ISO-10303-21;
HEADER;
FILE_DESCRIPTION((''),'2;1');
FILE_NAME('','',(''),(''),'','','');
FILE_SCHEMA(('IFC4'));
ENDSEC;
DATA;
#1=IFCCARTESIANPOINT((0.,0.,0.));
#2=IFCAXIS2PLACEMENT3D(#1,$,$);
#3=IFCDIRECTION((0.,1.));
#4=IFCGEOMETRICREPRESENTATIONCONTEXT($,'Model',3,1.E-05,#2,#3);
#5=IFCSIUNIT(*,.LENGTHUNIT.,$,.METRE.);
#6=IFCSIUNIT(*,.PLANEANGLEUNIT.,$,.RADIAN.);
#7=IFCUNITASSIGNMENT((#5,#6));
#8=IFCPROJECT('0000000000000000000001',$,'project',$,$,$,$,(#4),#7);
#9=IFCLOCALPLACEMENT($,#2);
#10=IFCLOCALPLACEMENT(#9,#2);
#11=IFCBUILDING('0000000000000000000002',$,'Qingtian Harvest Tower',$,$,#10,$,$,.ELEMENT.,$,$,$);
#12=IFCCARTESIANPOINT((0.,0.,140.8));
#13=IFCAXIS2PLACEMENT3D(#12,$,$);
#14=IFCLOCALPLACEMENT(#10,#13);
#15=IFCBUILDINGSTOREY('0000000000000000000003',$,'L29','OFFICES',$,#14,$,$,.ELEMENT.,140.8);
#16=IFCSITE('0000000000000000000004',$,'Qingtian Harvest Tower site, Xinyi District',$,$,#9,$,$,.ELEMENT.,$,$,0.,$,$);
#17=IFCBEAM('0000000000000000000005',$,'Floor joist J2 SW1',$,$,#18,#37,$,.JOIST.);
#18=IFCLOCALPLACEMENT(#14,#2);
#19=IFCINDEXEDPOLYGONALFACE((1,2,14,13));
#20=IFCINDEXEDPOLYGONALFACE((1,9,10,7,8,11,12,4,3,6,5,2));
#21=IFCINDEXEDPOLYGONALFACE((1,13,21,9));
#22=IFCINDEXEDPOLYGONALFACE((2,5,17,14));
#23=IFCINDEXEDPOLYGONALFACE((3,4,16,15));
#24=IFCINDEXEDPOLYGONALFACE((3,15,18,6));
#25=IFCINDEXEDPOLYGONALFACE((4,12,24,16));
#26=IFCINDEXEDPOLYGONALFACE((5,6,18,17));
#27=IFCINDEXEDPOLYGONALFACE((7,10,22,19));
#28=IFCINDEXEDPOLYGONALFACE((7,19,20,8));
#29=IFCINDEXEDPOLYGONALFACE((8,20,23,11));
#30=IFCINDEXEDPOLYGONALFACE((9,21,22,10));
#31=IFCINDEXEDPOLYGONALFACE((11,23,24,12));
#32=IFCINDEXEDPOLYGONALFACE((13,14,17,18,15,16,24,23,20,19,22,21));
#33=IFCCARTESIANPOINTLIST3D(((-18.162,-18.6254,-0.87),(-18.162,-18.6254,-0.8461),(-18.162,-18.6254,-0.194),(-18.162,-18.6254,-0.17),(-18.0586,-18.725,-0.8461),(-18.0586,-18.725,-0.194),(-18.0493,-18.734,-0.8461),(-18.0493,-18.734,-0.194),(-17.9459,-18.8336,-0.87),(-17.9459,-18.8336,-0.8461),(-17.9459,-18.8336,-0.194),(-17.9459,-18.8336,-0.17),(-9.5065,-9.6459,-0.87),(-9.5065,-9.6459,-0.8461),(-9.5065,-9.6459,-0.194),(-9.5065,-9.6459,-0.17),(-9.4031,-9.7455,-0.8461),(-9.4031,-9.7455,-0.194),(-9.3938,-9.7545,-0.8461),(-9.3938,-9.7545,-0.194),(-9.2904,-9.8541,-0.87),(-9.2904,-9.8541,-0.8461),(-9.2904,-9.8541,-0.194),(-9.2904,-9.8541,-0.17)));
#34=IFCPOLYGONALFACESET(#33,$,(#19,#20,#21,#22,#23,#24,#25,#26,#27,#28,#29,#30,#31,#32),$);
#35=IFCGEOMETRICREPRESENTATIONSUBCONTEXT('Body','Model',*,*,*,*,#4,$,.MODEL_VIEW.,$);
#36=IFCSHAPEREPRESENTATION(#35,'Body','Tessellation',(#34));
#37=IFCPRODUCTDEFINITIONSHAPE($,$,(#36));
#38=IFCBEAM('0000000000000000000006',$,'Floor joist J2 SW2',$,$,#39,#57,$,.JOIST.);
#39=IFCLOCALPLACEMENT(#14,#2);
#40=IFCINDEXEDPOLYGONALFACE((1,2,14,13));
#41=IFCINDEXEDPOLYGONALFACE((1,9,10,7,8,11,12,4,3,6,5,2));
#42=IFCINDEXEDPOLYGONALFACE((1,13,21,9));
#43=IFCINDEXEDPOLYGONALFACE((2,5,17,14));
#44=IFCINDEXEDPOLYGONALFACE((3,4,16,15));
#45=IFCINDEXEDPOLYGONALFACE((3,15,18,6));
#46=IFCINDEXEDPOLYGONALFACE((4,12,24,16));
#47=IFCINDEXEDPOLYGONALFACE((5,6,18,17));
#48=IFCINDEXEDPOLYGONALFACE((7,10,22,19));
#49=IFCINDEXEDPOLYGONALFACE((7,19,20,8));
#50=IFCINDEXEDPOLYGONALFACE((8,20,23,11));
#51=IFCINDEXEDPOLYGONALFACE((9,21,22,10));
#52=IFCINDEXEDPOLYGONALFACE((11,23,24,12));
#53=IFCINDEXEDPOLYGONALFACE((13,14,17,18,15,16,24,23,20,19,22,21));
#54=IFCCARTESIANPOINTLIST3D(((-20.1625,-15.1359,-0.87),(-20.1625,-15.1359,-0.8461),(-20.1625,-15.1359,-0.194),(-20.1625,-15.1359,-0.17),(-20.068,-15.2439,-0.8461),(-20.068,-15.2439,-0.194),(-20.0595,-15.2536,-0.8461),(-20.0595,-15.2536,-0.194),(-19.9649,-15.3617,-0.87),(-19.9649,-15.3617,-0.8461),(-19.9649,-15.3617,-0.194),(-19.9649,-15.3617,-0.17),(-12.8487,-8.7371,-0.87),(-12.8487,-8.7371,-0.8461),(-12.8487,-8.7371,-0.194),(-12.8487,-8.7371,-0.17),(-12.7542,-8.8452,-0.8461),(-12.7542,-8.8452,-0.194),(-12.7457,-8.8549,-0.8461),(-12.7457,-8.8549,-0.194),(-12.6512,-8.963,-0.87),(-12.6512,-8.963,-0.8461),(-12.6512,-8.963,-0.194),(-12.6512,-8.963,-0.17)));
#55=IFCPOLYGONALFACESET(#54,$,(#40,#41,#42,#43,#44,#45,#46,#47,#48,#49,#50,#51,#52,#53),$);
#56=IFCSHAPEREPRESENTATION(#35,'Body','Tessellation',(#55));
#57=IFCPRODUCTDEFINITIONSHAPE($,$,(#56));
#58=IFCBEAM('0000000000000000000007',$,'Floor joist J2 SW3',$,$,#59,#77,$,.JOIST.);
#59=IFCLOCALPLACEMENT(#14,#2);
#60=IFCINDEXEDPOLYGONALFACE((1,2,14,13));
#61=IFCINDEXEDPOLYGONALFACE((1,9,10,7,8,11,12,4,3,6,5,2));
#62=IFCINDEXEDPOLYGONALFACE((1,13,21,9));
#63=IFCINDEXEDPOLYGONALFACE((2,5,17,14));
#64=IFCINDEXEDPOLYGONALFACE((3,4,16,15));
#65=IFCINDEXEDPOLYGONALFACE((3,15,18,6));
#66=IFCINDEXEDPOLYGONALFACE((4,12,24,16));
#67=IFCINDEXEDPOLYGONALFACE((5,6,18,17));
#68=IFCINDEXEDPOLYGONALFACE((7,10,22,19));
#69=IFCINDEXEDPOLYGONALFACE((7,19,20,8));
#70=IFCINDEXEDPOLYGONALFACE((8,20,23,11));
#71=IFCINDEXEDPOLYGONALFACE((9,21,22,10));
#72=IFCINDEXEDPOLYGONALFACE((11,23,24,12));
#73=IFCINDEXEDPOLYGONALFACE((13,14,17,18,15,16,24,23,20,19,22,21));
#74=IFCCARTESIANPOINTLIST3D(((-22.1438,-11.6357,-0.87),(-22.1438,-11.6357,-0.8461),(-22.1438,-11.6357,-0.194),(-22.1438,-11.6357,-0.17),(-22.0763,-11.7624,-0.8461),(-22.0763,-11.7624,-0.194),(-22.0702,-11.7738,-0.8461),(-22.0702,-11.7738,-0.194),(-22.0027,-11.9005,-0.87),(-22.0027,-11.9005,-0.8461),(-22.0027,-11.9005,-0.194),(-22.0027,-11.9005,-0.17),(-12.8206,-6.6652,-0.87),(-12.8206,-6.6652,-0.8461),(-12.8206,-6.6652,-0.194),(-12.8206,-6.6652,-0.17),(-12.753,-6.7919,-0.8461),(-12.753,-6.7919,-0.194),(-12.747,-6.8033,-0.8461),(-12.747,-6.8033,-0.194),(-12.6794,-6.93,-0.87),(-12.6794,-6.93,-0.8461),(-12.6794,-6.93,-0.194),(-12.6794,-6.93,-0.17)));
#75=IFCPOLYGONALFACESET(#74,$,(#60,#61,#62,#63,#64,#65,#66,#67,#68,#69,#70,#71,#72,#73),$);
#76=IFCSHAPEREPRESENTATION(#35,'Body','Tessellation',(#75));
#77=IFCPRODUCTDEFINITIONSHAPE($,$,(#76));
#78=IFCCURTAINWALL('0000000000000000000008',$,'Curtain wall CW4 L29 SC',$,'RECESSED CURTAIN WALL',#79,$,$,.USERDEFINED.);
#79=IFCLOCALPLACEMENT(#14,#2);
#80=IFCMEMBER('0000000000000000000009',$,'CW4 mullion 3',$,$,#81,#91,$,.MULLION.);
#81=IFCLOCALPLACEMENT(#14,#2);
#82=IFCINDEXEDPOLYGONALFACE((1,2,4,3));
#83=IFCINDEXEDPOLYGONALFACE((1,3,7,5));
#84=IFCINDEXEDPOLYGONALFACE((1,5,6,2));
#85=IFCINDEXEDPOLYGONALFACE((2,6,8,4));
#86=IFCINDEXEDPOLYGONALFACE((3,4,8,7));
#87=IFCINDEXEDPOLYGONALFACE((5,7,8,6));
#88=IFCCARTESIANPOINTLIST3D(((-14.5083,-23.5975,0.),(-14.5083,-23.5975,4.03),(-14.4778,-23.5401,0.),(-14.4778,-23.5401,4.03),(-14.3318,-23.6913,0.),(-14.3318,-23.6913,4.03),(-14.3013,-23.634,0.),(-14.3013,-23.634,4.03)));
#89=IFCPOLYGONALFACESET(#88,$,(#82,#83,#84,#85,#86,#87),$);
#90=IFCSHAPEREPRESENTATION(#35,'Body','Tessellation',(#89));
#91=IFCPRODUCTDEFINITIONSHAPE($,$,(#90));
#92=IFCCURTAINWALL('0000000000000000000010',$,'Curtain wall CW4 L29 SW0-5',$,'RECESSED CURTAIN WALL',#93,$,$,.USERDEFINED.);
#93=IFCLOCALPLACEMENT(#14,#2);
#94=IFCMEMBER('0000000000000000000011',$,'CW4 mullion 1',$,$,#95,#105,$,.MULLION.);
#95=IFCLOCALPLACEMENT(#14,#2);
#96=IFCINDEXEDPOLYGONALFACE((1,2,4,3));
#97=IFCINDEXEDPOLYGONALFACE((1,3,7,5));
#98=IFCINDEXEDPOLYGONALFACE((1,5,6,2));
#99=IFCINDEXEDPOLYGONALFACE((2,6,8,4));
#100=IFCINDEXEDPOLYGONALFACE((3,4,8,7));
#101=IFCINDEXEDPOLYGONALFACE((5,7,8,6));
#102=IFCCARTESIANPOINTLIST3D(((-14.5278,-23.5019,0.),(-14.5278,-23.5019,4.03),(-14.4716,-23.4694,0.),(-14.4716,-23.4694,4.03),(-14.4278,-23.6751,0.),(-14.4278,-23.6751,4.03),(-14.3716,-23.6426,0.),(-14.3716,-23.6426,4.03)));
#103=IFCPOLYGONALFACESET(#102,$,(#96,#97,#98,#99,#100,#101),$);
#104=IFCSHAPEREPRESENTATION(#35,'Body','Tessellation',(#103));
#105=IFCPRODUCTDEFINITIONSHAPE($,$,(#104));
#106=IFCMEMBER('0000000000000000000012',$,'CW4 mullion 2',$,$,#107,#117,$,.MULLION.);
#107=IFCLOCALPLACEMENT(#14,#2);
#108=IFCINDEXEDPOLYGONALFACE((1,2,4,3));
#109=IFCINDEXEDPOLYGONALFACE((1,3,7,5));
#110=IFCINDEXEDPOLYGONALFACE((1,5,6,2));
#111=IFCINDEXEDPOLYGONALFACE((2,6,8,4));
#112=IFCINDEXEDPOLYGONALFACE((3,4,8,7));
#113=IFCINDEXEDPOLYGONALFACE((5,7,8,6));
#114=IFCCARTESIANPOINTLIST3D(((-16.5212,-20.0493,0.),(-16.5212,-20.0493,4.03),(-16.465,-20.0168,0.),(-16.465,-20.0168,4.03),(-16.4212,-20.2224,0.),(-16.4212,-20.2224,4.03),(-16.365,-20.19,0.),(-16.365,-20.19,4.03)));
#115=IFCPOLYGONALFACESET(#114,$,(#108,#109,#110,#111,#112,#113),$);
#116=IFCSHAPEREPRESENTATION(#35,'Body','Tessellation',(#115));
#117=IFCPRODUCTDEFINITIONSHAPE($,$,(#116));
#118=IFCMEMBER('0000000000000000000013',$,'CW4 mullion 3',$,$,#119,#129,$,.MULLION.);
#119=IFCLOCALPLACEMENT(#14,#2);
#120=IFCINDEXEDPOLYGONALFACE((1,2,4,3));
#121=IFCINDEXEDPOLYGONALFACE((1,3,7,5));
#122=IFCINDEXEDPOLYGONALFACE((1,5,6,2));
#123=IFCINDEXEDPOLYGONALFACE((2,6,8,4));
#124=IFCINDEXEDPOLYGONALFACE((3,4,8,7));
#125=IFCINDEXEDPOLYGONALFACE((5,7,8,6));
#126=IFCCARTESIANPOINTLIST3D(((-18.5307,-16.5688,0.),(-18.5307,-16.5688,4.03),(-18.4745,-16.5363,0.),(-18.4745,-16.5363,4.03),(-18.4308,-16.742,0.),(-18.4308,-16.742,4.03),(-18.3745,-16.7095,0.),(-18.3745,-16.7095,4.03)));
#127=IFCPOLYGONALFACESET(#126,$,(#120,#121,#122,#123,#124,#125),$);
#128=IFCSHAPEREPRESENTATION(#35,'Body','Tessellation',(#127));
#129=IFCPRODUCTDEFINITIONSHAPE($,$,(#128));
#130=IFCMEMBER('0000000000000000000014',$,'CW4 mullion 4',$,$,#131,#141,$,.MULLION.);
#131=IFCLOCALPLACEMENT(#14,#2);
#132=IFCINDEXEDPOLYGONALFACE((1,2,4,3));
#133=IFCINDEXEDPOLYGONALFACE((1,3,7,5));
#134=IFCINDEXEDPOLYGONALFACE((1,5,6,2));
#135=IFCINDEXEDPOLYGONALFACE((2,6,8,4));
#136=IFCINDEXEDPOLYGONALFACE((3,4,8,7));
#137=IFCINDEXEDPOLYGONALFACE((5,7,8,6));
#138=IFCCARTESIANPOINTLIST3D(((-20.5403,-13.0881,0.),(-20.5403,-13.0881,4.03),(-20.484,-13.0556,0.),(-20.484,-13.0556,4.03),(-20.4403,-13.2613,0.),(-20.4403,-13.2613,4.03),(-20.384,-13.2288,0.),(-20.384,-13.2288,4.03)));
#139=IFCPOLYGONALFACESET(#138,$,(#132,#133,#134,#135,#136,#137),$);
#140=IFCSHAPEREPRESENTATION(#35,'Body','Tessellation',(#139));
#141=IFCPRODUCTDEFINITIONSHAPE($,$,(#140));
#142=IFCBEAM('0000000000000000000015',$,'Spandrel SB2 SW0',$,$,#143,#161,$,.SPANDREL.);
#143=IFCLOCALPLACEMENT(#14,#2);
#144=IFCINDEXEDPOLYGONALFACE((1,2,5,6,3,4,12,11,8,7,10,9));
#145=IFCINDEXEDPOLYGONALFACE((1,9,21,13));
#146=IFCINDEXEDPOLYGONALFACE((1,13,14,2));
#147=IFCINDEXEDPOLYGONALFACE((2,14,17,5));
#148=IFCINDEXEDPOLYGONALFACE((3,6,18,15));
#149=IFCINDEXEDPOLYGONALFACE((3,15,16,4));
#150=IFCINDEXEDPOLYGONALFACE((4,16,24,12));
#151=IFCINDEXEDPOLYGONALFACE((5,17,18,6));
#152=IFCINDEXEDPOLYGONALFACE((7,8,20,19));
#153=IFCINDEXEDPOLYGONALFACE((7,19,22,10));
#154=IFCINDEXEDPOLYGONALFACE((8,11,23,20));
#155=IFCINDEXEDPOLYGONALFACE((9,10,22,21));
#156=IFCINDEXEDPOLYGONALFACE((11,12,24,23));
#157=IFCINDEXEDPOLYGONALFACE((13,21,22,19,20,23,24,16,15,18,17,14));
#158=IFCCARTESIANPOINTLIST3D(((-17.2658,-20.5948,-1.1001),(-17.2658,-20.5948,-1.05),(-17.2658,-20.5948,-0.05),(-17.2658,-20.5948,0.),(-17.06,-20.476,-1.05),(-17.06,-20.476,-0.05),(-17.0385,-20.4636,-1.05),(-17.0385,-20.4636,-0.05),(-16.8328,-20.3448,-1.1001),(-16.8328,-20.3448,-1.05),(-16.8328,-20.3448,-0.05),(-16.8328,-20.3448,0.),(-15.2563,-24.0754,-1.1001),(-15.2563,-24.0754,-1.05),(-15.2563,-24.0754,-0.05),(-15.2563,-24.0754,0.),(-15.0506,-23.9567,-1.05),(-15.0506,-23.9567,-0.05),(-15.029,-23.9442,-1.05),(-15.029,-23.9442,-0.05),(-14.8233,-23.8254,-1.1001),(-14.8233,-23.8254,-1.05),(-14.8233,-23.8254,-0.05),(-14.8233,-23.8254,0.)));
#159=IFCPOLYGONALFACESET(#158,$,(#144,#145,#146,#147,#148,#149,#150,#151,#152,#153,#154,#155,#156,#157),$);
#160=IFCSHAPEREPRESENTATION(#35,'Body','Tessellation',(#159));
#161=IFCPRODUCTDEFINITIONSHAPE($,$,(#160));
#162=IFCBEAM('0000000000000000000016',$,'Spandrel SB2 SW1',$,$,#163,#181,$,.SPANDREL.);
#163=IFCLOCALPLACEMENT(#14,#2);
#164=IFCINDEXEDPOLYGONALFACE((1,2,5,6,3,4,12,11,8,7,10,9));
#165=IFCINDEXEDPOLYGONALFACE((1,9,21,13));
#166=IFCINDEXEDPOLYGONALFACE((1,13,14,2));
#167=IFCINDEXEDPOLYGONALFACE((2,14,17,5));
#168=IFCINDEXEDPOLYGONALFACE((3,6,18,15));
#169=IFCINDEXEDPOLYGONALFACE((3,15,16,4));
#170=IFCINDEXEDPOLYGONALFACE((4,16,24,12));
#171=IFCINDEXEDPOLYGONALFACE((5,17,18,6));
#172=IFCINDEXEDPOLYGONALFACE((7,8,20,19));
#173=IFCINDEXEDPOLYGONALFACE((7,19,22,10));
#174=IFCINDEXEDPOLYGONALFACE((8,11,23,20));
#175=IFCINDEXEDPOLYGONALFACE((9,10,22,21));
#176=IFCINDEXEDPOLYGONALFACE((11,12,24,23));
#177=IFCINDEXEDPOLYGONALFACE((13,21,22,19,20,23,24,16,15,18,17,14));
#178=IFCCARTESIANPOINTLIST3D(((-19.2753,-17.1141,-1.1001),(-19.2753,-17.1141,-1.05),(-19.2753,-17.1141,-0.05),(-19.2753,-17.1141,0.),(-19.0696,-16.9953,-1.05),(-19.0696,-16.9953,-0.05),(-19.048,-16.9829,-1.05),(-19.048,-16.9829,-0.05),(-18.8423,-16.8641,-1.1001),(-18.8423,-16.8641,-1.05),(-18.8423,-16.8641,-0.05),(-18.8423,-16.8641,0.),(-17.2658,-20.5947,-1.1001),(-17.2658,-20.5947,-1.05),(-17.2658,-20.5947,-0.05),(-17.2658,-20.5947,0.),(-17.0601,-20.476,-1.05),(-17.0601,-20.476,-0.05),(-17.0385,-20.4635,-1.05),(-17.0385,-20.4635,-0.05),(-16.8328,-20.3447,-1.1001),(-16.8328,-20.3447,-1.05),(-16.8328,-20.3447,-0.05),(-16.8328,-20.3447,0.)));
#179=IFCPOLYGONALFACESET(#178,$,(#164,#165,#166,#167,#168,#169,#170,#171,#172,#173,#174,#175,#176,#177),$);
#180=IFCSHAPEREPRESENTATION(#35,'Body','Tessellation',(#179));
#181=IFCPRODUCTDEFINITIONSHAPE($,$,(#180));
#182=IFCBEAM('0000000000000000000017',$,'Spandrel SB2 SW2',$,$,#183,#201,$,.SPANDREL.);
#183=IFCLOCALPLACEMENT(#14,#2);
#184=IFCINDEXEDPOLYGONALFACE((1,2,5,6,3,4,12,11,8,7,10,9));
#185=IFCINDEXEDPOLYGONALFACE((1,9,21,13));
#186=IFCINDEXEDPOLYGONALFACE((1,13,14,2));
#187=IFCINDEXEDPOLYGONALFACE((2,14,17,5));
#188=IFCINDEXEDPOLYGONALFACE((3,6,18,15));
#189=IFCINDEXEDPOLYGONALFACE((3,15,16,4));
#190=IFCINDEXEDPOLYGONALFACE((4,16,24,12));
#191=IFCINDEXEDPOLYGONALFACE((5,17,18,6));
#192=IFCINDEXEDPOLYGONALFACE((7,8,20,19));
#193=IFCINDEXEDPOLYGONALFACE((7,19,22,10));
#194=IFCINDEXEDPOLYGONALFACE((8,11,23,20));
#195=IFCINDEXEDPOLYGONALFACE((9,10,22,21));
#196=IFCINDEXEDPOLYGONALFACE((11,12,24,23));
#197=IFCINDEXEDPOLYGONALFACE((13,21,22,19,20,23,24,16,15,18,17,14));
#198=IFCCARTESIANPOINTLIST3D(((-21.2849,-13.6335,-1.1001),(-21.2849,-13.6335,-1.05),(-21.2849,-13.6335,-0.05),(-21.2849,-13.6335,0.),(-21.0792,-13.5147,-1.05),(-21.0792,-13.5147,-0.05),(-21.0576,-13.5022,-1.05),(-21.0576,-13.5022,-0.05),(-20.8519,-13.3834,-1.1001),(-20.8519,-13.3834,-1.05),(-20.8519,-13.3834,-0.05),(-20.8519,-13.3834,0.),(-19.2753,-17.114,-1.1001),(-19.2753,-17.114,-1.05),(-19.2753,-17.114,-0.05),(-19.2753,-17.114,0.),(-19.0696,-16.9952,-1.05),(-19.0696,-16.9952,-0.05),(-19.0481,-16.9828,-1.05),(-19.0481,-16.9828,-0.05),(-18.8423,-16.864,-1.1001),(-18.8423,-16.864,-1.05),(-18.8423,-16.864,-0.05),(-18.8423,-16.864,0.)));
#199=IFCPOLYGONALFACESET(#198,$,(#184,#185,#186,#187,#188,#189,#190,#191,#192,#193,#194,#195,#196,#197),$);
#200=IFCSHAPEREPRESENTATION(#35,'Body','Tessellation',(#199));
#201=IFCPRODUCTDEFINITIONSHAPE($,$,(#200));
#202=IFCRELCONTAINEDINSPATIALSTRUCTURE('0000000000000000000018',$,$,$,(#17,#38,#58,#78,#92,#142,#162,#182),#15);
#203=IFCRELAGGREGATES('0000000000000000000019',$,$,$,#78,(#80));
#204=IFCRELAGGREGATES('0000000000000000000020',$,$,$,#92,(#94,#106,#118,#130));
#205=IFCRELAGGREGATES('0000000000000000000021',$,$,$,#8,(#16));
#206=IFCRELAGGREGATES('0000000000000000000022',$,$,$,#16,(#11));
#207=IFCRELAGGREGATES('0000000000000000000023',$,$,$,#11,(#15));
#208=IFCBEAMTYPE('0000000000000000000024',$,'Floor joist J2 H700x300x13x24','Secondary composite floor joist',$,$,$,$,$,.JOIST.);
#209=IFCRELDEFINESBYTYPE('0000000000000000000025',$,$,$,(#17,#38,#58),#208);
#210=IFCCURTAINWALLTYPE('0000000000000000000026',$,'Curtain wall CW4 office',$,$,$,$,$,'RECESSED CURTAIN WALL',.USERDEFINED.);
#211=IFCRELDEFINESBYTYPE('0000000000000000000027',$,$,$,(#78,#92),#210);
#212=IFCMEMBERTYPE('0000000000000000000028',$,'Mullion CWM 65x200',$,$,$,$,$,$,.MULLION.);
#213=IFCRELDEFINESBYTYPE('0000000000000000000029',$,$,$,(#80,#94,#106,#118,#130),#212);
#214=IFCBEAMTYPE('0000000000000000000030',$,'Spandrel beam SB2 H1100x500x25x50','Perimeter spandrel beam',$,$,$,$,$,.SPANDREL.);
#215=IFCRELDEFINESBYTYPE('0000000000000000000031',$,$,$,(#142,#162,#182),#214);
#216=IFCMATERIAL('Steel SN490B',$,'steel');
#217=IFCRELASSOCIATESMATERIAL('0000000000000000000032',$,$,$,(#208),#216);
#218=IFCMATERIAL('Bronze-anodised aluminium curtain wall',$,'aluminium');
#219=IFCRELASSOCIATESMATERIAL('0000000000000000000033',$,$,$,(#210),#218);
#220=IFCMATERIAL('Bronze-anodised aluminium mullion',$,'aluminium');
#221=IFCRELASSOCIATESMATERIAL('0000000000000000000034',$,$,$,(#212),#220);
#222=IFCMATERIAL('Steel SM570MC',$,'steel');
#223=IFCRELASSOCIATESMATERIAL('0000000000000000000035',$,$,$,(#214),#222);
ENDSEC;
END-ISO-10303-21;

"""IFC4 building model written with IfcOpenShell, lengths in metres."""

from ifc_helpers import new_model, si_unit, direction, frame, origin, origin_2d, place, context, subcontext, project, spatial, rectangle, i_section, extrude, material, material_profile, profile_set, type_object, element, aggregate, save


model = new_model("IFC4")

# Units and contexts
model_context = context("Model", 3, precision=1e-05, world=origin(), true_north=direction((0.0, 1.0)))
body_context = subcontext(model_context, "Body", "Model", "MODEL_VIEW")
ifc_project = project(units=[si_unit("LENGTHUNIT", "METRE"), si_unit("PLANEANGLEUNIT", "RADIAN")], contexts=[model_context])

# Site, building, storey
site_placement = place(None, origin())
site = spatial("IfcSite", under=ifc_project, at=site_placement, Name="Qingtian Harvest Tower site, Xinyi District", CompositionType="ELEMENT", RefElevation=0.0)
building_placement = place(site_placement, origin())
building = spatial("IfcBuilding", under=site, at=building_placement, Name="Qingtian Harvest Tower", CompositionType="ELEMENT")
storey_placement = place(building_placement, frame((0.0, 0.0, 140.8)))
storey = spatial("IfcBuildingStorey", under=building, at=storey_placement, Name="L29", Description="OFFICES", CompositionType="ELEMENT", Elevation=140.8)

# Beams
ifc_material_1 = material(Name="Steel SN490B", Category="steel")
ifc_material_profile_1 = material_profile(ifc_material_1, i_section(OverallWidth=0.3, OverallDepth=0.7, WebThickness=0.0129, FlangeThickness=0.0239, at=origin_2d()), Name="H700x300x13x24")
ifc_profile_set_1 = profile_set([ifc_material_profile_1], Name="Steel SN490B")
beam_type_1 = type_object("IfcBeamType", Name="Floor joist J2 H700x300x13x24", Description="Secondary composite floor joist", PredefinedType="JOIST", material=ifc_profile_set_1)
beam_1_placement = place(storey_placement, frame((-18.054, -18.7295, -0.52), z_axis=(0.693999, 0.719976, 0.0), x_axis=(-0.719976, 0.693999, 0.0)))
element("IfcBeam", 1, at=beam_1_placement, inside=storey, type_object=beam_type_1, Name="Floor joist J2 SW1", PredefinedType="JOIST", context=body_context, shape_type="SweptSolid", body=[
    extrude(i_section(OverallWidth=0.3, OverallDepth=0.7, WebThickness=0.0129, FlangeThickness=0.0239, at=origin_2d()), origin(), (0.0, 0.0, 1.0), 12.4719),
])
beam_2_placement = place(storey_placement, frame((-20.0637, -15.2488, -0.52), z_axis=(0.752619, 0.658457, 0.0), x_axis=(-0.658457, 0.752619, 0.0)))
element("IfcBeam", 2, at=beam_2_placement, inside=storey, type_object=beam_type_1, Name="Floor joist J2 SW2", PredefinedType="JOIST", context=body_context, shape_type="SweptSolid", body=[
    extrude(i_section(OverallWidth=0.3, OverallDepth=0.7, WebThickness=0.0129, FlangeThickness=0.0239, at=origin_2d()), origin(), (0.0, 0.0, 1.0), 9.7178),
])
beam_3_placement = place(storey_placement, frame((-22.0732, -11.7681, -0.52), z_axis=(0.882429, 0.470446, 0.0), x_axis=(-0.470446, 0.882429, 0.0)))
element("IfcBeam", 3, at=beam_3_placement, inside=storey, type_object=beam_type_1, Name="Floor joist J2 SW3", PredefinedType="JOIST", context=body_context, shape_type="SweptSolid", body=[
    extrude(i_section(OverallWidth=0.3, OverallDepth=0.7, WebThickness=0.0129, FlangeThickness=0.0239, at=origin_2d()), origin(), (0.0, 0.0, 1.0), 10.5654),
])

# Curtain wall, member
ifc_material_2 = material(Name="Bronze-anodised aluminium curtain wall", Category="aluminium")
curtain_wall_type = type_object("IfcCurtainWallType", Name="Curtain wall CW4 office", ElementType="RECESSED CURTAIN WALL", PredefinedType="USERDEFINED", material=ifc_material_2)
curtain_wall_1_placement = place(storey_placement, origin())
curtain_wall_1 = element("IfcCurtainWall", 4, at=curtain_wall_1_placement, inside=storey, type_object=curtain_wall_type, Name="Curtain wall CW4 L29 SC", ObjectType="RECESSED CURTAIN WALL", PredefinedType="USERDEFINED")
ifc_material_3 = material(Name="Bronze-anodised aluminium mullion", Category="aluminium")
ifc_material_profile_2 = material_profile(ifc_material_3, rectangle(XDim=0.0649, YDim=0.2, at=origin_2d()), Name="AL 65x200")
ifc_profile_set_2 = profile_set([ifc_material_profile_2], Name="Bronze-anodised aluminium mullion")
member_type_1 = type_object("IfcMemberType", Name="Mullion CWM 65x200", PredefinedType="MULLION", material=ifc_profile_set_2)
member_1_placement = place(storey_placement, frame((-14.4048, -23.6157, 0.0), z_axis=(0.0, 0.0, 1.0), x_axis=(-0.469472, -0.882948, 0.0)))
member_1 = element("IfcMember", 5, at=member_1_placement, type_object=member_type_1, Name="CW4 mullion 3", PredefinedType="MULLION", context=body_context, shape_type="SweptSolid", body=[
    extrude(rectangle(XDim=0.0649, YDim=0.2, at=origin_2d()), origin(), (0.0, 0.0, 1.0), 4.03),
])
aggregate(curtain_wall_1, [member_1])

# Curtain wall, members
curtain_wall_2_placement = place(storey_placement, origin())
curtain_wall_2 = element("IfcCurtainWall", 6, at=curtain_wall_2_placement, inside=storey, type_object=curtain_wall_type, Name="Curtain wall CW4 L29 SW0-5", ObjectType="RECESSED CURTAIN WALL", PredefinedType="USERDEFINED")
member_2_placement = place(storey_placement, frame((-14.4497, -23.5723, 0.0), z_axis=(0.0, 0.0, 1.0), x_axis=(-0.866025, -0.5, 0.0)))
member_2 = element("IfcMember", 7, at=member_2_placement, type_object=member_type_1, Name="CW4 mullion 1", PredefinedType="MULLION", context=body_context, shape_type="SweptSolid", body=[
    extrude(rectangle(XDim=0.0649, YDim=0.2, at=origin_2d()), origin(), (0.0, 0.0, 1.0), 4.03),
])
member_3_placement = place(storey_placement, frame((-16.4431, -20.1196, 0.0), z_axis=(0.0, 0.0, 1.0), x_axis=(-0.866025, -0.5, 0.0)))
member_3 = element("IfcMember", 8, at=member_3_placement, type_object=member_type_1, Name="CW4 mullion 2", PredefinedType="MULLION", context=body_context, shape_type="SweptSolid", body=[
    extrude(rectangle(XDim=0.0649, YDim=0.2, at=origin_2d()), origin(), (0.0, 0.0, 1.0), 4.03),
])
member_4_placement = place(storey_placement, frame((-18.4526, -16.6392, 0.0), z_axis=(0.0, 0.0, 1.0), x_axis=(-0.866025, -0.5, 0.0)))
member_4 = element("IfcMember", 9, at=member_4_placement, type_object=member_type_1, Name="CW4 mullion 3", PredefinedType="MULLION", context=body_context, shape_type="SweptSolid", body=[
    extrude(rectangle(XDim=0.0649, YDim=0.2, at=origin_2d()), origin(), (0.0, 0.0, 1.0), 4.03),
])
member_5_placement = place(storey_placement, frame((-20.4622, -13.1584, 0.0), z_axis=(0.0, 0.0, 1.0), x_axis=(-0.866025, -0.5, 0.0)))
member_5 = element("IfcMember", 10, at=member_5_placement, type_object=member_type_1, Name="CW4 mullion 4", PredefinedType="MULLION", context=body_context, shape_type="SweptSolid", body=[
    extrude(rectangle(XDim=0.0649, YDim=0.2, at=origin_2d()), origin(), (0.0, 0.0, 1.0), 4.03),
])

# Beams
ifc_material_4 = material(Name="Steel SM570MC", Category="steel")
ifc_material_profile_3 = material_profile(ifc_material_4, i_section(OverallWidth=0.5, OverallDepth=1.1001, WebThickness=0.0249, FlangeThickness=0.05, at=origin_2d()), Name="H1100x500x25x50")
ifc_profile_set_3 = profile_set([ifc_material_profile_3], Name="Steel SM570MC")
beam_type_2 = type_object("IfcBeamType", Name="Spandrel beam SB2 H1100x500x25x50", Description="Perimeter spandrel beam", PredefinedType="SPANDREL", material=ifc_profile_set_3)
for number, where, z_axis, x_axis, name in (
    (11, (-15.0398, -23.9504, -0.55), (-0.499987, 0.866033, 0.0), (-0.866033, -0.499987, 0.0), "Spandrel SB2 SW0"),
    (12, (-17.0493, -20.4697, -0.55), (-0.499987, 0.866033, 0.0), (-0.866033, -0.499987, 0.0), "Spandrel SB2 SW1"),
    (13, (-19.0588, -16.989, -0.55), (-0.500013, 0.866018, 0.0), (-0.866018, -0.500013, 0.0), "Spandrel SB2 SW2"),
):
    element("IfcBeam", number, at=place(storey_placement, frame(where, z_axis=z_axis, x_axis=x_axis)), inside=storey, type_object=beam_type_2, Name=name, PredefinedType="SPANDREL", context=body_context, shape_type="SweptSolid", body=[
        extrude(i_section(OverallWidth=0.5, OverallDepth=1.1001, WebThickness=0.0249, FlangeThickness=0.05, at=origin_2d()), origin(), (0.0, 0.0, 1.0), 4.019),
    ])

aggregate(curtain_wall_2, [member_2, member_3, member_4, member_5])

save(model, "model.ifc")
